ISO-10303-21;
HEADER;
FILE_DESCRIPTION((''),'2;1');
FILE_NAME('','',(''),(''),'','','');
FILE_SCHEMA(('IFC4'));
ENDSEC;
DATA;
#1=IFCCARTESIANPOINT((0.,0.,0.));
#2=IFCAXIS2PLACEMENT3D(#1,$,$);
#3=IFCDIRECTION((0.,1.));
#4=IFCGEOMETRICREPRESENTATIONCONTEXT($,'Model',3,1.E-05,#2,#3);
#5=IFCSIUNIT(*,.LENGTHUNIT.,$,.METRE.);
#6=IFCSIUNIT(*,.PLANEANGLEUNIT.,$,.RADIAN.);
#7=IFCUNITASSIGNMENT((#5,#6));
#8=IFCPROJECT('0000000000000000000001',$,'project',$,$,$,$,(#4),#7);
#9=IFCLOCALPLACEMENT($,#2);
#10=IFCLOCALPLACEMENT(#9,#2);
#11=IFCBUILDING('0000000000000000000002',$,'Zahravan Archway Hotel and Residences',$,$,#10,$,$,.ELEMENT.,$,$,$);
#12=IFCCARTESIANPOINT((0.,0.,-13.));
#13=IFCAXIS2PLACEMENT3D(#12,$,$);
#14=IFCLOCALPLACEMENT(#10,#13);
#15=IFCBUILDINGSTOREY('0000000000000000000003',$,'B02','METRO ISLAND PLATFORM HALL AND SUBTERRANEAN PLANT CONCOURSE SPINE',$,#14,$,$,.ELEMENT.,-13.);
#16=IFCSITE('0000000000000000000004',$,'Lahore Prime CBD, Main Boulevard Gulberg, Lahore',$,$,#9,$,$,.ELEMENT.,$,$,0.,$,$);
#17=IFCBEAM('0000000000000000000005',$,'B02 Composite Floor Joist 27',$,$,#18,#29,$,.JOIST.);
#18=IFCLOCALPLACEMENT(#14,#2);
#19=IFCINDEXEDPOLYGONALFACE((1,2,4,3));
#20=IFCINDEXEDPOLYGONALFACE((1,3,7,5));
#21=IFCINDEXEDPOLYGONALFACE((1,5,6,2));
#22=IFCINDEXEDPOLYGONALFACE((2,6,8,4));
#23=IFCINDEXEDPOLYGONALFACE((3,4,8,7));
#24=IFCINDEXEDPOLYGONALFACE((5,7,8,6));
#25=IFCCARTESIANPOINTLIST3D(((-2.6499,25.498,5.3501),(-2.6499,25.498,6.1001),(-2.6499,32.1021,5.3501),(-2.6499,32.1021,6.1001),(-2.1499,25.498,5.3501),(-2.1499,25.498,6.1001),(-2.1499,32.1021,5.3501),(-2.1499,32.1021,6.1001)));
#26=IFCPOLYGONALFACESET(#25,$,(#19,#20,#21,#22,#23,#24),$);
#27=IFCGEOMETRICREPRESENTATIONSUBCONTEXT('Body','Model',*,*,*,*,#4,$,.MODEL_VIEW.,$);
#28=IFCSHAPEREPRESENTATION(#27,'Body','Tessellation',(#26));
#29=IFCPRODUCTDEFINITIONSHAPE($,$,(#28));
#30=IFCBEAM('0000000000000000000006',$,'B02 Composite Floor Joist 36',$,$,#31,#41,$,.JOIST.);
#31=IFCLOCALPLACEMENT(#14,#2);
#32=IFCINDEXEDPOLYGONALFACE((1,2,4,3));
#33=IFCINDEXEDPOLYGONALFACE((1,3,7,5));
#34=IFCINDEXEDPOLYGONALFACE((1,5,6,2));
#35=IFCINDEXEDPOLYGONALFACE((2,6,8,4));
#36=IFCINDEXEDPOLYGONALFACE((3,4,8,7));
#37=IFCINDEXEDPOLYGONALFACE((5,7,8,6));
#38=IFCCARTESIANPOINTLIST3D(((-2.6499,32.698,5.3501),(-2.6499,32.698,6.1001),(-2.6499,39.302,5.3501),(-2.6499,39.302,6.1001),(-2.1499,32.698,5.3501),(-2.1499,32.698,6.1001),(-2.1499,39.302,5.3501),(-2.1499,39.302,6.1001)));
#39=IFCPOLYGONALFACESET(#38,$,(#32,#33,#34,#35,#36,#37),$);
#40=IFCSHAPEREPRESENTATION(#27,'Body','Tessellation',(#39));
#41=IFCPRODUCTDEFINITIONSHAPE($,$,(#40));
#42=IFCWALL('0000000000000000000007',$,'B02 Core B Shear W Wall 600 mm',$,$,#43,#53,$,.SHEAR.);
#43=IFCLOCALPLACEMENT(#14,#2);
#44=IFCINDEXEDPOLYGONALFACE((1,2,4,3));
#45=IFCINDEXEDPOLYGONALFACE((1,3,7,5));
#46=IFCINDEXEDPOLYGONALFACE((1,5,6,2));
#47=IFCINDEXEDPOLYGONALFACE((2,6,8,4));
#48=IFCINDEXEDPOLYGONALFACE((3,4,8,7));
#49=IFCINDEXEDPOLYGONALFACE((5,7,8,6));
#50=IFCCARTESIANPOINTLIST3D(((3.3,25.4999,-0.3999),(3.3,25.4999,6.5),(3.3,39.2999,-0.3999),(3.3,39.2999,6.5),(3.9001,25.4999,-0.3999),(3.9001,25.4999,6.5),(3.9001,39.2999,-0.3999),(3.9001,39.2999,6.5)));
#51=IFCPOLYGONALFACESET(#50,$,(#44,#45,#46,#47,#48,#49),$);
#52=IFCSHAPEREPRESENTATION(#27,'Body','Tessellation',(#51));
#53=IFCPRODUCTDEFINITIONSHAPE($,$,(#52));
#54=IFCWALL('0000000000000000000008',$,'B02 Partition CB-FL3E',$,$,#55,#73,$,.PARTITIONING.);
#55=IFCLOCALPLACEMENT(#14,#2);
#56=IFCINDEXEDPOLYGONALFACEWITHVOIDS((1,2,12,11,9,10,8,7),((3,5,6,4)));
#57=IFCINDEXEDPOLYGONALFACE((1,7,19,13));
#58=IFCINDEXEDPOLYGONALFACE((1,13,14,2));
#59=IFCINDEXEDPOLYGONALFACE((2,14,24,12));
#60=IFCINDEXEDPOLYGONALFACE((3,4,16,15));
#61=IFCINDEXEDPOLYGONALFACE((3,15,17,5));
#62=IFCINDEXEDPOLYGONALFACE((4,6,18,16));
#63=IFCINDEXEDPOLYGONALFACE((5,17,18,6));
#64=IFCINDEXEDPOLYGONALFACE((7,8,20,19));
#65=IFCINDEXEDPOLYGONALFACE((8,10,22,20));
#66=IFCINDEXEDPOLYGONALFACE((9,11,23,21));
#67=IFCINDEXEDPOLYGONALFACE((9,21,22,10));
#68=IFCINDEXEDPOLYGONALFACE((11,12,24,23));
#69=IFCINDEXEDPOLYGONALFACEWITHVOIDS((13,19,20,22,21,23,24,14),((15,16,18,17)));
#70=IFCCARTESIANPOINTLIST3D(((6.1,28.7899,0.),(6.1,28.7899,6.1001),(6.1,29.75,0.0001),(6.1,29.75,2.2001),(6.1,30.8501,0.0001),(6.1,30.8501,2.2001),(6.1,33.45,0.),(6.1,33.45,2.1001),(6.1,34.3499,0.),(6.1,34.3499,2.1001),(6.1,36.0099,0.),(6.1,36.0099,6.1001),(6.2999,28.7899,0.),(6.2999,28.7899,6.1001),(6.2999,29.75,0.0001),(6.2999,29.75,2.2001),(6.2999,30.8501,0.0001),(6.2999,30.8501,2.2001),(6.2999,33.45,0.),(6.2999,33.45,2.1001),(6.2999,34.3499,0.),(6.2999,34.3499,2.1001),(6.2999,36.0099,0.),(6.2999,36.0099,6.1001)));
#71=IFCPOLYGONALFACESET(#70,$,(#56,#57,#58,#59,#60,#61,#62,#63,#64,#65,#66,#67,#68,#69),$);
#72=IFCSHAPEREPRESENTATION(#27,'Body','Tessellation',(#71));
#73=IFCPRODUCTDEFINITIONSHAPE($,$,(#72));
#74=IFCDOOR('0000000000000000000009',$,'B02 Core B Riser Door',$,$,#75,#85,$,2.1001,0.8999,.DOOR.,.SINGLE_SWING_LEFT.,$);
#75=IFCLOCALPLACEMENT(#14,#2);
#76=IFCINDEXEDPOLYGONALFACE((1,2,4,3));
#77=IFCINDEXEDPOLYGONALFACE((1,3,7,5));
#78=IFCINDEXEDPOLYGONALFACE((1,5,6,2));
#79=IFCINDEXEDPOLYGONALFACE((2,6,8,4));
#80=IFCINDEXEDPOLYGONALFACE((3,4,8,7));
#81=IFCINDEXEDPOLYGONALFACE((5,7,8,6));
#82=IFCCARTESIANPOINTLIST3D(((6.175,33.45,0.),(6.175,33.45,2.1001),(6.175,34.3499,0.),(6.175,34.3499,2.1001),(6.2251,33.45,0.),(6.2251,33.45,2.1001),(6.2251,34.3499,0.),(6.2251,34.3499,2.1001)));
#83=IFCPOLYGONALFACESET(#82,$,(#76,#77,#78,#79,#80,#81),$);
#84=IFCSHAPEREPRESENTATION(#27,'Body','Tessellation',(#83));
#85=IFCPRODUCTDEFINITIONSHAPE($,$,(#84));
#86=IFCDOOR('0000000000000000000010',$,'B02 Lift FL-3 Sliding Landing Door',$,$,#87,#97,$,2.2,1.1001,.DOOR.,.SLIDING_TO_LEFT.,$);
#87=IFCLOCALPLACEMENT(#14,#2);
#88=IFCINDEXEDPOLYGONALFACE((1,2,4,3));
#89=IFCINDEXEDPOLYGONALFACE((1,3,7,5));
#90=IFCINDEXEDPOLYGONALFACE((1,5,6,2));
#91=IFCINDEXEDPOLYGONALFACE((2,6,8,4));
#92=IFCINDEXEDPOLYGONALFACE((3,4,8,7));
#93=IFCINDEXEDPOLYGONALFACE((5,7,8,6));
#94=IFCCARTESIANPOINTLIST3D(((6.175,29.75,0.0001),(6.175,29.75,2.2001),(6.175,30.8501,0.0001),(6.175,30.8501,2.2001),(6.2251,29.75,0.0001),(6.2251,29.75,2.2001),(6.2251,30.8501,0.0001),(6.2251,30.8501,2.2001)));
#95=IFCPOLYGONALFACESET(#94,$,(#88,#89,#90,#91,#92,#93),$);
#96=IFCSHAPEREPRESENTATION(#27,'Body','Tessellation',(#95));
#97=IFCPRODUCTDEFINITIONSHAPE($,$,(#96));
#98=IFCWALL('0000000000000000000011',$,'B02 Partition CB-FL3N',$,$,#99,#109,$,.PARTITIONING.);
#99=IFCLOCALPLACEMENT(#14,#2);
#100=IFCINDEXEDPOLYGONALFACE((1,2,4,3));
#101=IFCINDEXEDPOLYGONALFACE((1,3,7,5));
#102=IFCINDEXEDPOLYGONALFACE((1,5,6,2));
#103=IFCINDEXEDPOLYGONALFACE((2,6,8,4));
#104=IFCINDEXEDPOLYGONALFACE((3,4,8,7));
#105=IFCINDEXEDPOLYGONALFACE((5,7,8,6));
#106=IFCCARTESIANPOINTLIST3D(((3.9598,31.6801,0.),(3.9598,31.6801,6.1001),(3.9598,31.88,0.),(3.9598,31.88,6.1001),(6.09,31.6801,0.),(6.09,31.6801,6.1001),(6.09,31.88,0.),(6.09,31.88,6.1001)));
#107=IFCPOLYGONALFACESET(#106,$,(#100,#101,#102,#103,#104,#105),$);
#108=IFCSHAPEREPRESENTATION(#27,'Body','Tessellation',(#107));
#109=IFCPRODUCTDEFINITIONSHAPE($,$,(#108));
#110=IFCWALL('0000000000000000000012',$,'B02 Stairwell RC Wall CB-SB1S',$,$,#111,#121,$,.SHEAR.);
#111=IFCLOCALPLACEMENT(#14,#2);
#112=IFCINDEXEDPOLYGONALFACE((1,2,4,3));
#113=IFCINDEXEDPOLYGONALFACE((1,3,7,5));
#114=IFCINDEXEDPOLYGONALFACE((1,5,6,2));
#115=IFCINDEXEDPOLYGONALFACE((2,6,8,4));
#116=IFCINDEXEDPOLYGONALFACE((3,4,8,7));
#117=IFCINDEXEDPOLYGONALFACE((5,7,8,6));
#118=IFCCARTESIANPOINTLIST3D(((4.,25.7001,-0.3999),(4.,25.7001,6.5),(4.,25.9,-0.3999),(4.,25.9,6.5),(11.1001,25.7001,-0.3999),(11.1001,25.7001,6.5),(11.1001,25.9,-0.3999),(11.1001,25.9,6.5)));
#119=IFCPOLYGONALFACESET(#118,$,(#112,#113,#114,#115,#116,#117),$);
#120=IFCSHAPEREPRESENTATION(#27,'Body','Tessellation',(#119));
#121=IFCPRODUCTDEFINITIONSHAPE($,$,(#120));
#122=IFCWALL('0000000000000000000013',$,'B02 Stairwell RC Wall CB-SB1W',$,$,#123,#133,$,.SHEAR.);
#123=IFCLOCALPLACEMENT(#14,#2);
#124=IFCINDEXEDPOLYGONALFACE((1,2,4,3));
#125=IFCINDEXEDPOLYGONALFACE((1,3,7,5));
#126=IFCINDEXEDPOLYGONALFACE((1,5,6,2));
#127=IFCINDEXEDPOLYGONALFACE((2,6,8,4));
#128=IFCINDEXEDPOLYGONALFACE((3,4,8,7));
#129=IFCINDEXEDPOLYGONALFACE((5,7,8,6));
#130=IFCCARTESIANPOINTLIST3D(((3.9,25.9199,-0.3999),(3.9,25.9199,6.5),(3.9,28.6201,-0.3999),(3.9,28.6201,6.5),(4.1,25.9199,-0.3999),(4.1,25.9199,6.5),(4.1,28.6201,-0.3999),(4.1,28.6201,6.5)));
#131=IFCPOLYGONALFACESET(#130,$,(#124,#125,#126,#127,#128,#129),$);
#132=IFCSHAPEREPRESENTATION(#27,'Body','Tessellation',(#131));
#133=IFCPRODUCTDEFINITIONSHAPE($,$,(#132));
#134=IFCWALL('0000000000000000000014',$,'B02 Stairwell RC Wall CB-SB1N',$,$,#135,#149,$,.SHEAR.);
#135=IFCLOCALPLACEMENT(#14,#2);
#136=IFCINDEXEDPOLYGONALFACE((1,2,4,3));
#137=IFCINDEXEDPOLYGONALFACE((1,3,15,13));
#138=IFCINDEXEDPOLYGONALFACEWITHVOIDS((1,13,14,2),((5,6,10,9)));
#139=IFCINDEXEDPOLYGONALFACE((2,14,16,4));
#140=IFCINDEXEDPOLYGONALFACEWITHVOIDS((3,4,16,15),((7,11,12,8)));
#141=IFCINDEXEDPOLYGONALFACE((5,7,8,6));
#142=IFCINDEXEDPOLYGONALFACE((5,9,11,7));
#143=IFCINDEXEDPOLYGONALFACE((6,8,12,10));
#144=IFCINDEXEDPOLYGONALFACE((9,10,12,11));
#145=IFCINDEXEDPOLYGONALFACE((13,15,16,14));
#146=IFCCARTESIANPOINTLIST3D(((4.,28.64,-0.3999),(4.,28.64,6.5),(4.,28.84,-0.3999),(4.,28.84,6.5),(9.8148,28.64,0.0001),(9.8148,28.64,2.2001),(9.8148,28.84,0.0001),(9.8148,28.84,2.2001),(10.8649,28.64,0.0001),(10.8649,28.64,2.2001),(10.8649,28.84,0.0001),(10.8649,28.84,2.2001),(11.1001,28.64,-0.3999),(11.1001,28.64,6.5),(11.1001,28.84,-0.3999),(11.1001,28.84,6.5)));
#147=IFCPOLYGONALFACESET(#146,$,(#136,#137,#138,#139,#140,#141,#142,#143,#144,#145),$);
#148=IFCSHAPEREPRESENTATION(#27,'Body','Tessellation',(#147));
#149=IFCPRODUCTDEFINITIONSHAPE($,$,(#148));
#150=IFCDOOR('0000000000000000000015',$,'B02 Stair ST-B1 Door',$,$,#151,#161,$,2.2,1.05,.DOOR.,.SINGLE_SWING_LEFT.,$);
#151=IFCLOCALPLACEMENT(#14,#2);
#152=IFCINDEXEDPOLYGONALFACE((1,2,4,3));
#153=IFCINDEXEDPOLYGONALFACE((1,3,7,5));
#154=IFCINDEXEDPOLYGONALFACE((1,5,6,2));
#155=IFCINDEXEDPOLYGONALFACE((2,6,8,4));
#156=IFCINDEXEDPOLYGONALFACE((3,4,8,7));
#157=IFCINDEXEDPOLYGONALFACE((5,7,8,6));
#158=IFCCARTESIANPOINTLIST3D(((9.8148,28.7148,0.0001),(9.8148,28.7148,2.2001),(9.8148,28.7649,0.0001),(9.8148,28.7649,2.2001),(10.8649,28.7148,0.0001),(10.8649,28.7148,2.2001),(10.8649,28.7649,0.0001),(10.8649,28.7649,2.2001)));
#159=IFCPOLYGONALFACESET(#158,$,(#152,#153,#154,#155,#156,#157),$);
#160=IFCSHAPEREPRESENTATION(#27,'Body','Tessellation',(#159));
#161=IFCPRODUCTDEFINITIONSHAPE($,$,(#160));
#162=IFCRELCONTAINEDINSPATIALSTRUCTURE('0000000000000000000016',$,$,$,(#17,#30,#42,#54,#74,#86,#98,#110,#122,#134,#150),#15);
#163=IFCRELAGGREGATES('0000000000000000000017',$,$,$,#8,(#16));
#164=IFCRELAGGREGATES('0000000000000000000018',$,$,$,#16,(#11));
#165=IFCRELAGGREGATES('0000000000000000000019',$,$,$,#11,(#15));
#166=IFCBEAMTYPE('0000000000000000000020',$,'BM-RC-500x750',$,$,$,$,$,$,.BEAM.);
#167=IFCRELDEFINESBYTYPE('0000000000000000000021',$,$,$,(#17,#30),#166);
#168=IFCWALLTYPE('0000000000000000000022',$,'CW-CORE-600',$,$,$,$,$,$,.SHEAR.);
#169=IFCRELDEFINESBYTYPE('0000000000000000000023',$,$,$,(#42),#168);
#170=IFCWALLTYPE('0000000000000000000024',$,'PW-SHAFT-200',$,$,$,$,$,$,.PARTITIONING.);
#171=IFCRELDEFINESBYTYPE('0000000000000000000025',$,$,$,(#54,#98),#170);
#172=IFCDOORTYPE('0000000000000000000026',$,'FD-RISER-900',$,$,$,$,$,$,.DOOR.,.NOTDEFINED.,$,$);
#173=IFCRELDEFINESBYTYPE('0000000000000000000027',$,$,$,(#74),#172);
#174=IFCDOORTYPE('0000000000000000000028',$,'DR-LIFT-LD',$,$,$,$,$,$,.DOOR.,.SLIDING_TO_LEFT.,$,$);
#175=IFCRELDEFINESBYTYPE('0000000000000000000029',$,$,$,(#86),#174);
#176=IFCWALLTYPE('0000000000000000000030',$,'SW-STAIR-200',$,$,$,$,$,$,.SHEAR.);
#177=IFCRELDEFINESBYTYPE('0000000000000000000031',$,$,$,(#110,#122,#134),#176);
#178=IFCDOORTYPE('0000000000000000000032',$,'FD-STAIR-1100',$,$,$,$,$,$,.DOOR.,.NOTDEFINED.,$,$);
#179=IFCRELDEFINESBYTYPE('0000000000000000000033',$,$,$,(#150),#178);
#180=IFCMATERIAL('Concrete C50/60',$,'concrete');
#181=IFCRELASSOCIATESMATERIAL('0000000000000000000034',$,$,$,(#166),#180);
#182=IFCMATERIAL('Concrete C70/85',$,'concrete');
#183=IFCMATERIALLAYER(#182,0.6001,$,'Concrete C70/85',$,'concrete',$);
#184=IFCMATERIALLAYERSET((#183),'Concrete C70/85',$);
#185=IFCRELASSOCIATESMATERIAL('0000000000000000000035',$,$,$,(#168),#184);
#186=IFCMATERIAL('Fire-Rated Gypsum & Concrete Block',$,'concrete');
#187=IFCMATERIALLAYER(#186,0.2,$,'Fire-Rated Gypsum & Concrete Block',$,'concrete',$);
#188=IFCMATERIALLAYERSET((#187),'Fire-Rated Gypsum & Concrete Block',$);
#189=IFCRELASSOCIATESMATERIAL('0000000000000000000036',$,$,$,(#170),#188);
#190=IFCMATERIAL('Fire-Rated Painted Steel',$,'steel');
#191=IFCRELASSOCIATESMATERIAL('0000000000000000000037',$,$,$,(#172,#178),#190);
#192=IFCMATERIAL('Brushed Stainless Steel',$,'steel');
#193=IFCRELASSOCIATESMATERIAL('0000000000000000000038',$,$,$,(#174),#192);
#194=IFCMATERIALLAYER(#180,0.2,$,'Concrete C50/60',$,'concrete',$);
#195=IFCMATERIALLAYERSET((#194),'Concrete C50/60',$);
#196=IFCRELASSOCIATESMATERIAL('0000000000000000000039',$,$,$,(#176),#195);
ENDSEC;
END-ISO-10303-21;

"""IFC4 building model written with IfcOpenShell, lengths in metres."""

from ifc_helpers import new_model, si_unit, direction, frame, frame_2d, origin, origin_2d, place, context, subcontext, project, spatial, rectangle, extrude, source, transform, mapped, material, layer, layer_set, material_profile, profile_set, type_object, type_shapes, element, fill, save


model = new_model("IFC4")

# Units and contexts
model_context = context("Model", 3, precision=1e-05, world=origin(), true_north=direction((0.0, 1.0)))
body_context = subcontext(model_context, "Body", "Model", "MODEL_VIEW")
ifc_project = project(units=[si_unit("LENGTHUNIT", "METRE"), si_unit("PLANEANGLEUNIT", "RADIAN")], contexts=[model_context])

# Site, building, storey
site_placement = place(None, origin())
site = spatial("IfcSite", under=ifc_project, at=site_placement, Name="Lahore Prime CBD, Main Boulevard Gulberg, Lahore", CompositionType="ELEMENT", RefElevation=0.0)
building_placement = place(site_placement, origin())
building = spatial("IfcBuilding", under=site, at=building_placement, Name="Zahravan Archway Hotel and Residences", CompositionType="ELEMENT")
storey_placement = place(building_placement, frame((0.0, 0.0, -13.0)))
storey = spatial("IfcBuildingStorey", under=building, at=storey_placement, Name="B02", Description="METRO ISLAND PLATFORM HALL AND SUBTERRANEAN PLANT CONCOURSE SPINE", CompositionType="ELEMENT", Elevation=-13.0)

# Shared definitions
ifc_material_1 = material(Name="Concrete C50/60", Category="concrete")

# Shared definitions
ifc_material_2 = material(Name="Concrete C70/85", Category="concrete")

# Beams
ifc_material_profile_1 = material_profile(ifc_material_1, rectangle(XDim=0.5, YDim=0.75, at=origin_2d()), Name="RC-BM-500x750", Category="concrete")
ifc_profile_set_1 = profile_set([ifc_material_profile_1], Name="Concrete C50/60")
beam_type_1 = type_object("IfcBeamType", Name="BM-RC-500x750", PredefinedType="BEAM", material=ifc_profile_set_1)
shared_shape_1 = source(origin(), body_context, "Body", "SweptSolid", [
    extrude(rectangle(XDim=0.5, YDim=0.75, at=origin_2d()), origin(), (0.0, 0.0, 1.0), 6.604),
])
type_shapes(beam_type_1, [shared_shape_1])
for number, where, z_axis, x_axis, name in (
    (1, (-2.3999, 25.498, 5.7251), (0.0, 1.0, 0.0), (-1.0, 0.0, 0.0), "B02 Composite Floor Joist 27"),
    (2, (-2.3999, 32.698, 5.7251), (0.0, 1.0, 0.0), (-1.0, 0.0, 0.0), "B02 Composite Floor Joist 36"),
):
    element("IfcBeam", number, at=place(storey_placement, frame(where, z_axis=z_axis, x_axis=x_axis)), inside=storey, type_object=beam_type_1, Name=name, PredefinedType="JOIST", context=body_context, shape_type="MappedRepresentation", body=[
        mapped(shared_shape_1, transform((0.0, 0.0, 0.0), scale=1.0)),
    ])

# Wall
ifc_layer_1 = layer(ifc_material_2, 0.6001, Name="Concrete C70/85", Category="concrete")
ifc_layer_set_1 = layer_set([ifc_layer_1], Name="Concrete C70/85")
wall_type_1 = type_object("IfcWallType", Name="CW-CORE-600", PredefinedType="SHEAR", material=ifc_layer_set_1)
wall_1_placement = place(storey_placement, frame((3.6001, 25.5, -0.3999), z_axis=(0.0, 0.0, 1.0), x_axis=(0.0, 1.0, 0.0)))
element("IfcWall", 3, at=wall_1_placement, inside=storey, type_object=wall_type_1, Name="B02 Core B Shear W Wall 600 mm", PredefinedType="SHEAR", context=body_context, shape_type="SweptSolid", body=[
    extrude(rectangle(XDim=13.8, YDim=0.6001, at=frame_2d((6.8999, 0.0))), origin(), (0.0, 0.0, 1.0), 6.8999),
])

# Wall, openings, doors
ifc_material_3 = material(Name="Fire-Rated Gypsum & Concrete Block", Category="concrete")
ifc_layer_2 = layer(ifc_material_3, 0.2, Name="Fire-Rated Gypsum & Concrete Block", Category="concrete")
ifc_layer_set_2 = layer_set([ifc_layer_2], Name="Fire-Rated Gypsum & Concrete Block")
wall_type_2 = type_object("IfcWallType", Name="PW-SHAFT-200", PredefinedType="PARTITIONING", material=ifc_layer_set_2)
wall_2_placement = place(storey_placement, frame((6.2, 28.79, 0.0), z_axis=(0.0, 0.0, 1.0), x_axis=(0.0, 1.0, 0.0)))
wall_2 = element("IfcWall", 4, at=wall_2_placement, inside=storey, type_object=wall_type_2, Name="B02 Partition CB-FL3E", PredefinedType="PARTITIONING", context=body_context, shape_type="SweptSolid", body=[
    extrude(rectangle(XDim=7.22, YDim=0.2, at=frame_2d((3.6099, 0.0))), origin(), (0.0, 0.0, 1.0), 6.1001),
])
opening_1_placement = place(wall_2_placement, frame((4.6599, 0.0, 0.0)))
opening_1 = element("IfcOpeningElement", 5, at=opening_1_placement, cuts=wall_2, PredefinedType="OPENING", context=body_context, shape_type="SweptSolid", body=[
    extrude(rectangle(XDim=0.8999, YDim=2.1001, at=frame_2d((0.45, 1.05))), frame((0.0, 0.1099, 0.0), z_axis=(0.0, -1.0, 0.0), x_axis=(1.0, 0.0, 0.0)), (0.0, 0.0, 1.0), 0.22),
])
opening_2_placement = place(wall_2_placement, frame((0.96, 0.0, 0.0)))
opening_2 = element("IfcOpeningElement", 6, at=opening_2_placement, cuts=wall_2, PredefinedType="OPENING", context=body_context, shape_type="SweptSolid", body=[
    extrude(rectangle(XDim=1.1001, YDim=2.2, at=frame_2d((0.55, 1.1001))), frame((0.0, 0.1099, 0.0), z_axis=(0.0, -1.0, 0.0), x_axis=(1.0, 0.0, 0.0)), (0.0, 0.0, 1.0), 0.22),
])
ifc_material_4 = material(Name="Fire-Rated Painted Steel", Category="steel")
door_type_1 = type_object("IfcDoorType", Name="FD-RISER-900", OperationType="NOTDEFINED", PredefinedType="DOOR", material=ifc_material_4)
shared_shape_2 = source(origin(), body_context, "Body", "SweptSolid", [
    extrude(rectangle(XDim=0.8999, YDim=2.1001, at=frame_2d((0.45, 1.05))), frame((0.0, 0.0249, 0.0), z_axis=(0.0, -1.0, 0.0), x_axis=(1.0, 0.0, 0.0)), (0.0, 0.0, 1.0), 0.05),
])
type_shapes(door_type_1, [shared_shape_2])
door_1_placement = place(opening_1_placement, origin())
door_1 = element("IfcDoor", 7, at=door_1_placement, inside=storey, type_object=door_type_1, Name="B02 Core B Riser Door", OperationType="SINGLE_SWING_LEFT", OverallHeight=2.1001, OverallWidth=0.8999, PredefinedType="DOOR", context=body_context, shape_type="MappedRepresentation", body=[
    mapped(shared_shape_2, transform((0.0, 0.0, 0.0), scale=1.0)),
])
fill(opening_1, door_1)
ifc_material_5 = material(Name="Brushed Stainless Steel", Category="steel")
door_type_2 = type_object("IfcDoorType", Name="DR-LIFT-LD", OperationType="SLIDING_TO_LEFT", PredefinedType="DOOR", material=ifc_material_5)
shared_shape_3 = source(origin(), body_context, "Body", "SweptSolid", [
    extrude(rectangle(XDim=1.1001, YDim=2.2, at=frame_2d((0.55, 1.1001))), frame((0.0, 0.0249, 0.0), z_axis=(0.0, -1.0, 0.0), x_axis=(1.0, 0.0, 0.0)), (0.0, 0.0, 1.0), 0.05),
])
type_shapes(door_type_2, [shared_shape_3])
door_2_placement = place(opening_2_placement, origin())
door_2 = element("IfcDoor", 8, at=door_2_placement, inside=storey, type_object=door_type_2, Name="B02 Lift FL-3 Sliding Landing Door", OperationType="SLIDING_TO_LEFT", OverallHeight=2.2, OverallWidth=1.1001, PredefinedType="DOOR", context=body_context, shape_type="MappedRepresentation", body=[
    mapped(shared_shape_3, transform((0.0, 0.0, 0.0), scale=1.0)),
])
fill(opening_2, door_2)

# Walls
wall_3_placement = place(storey_placement, frame((3.96, 31.78, 0.0), z_axis=(0.0, 0.0, 1.0), x_axis=(1.0, 0.0, 0.0)))
element("IfcWall", 9, at=wall_3_placement, inside=storey, type_object=wall_type_2, Name="B02 Partition CB-FL3N", PredefinedType="PARTITIONING", context=body_context, shape_type="SweptSolid", body=[
    extrude(rectangle(XDim=2.1301, YDim=0.2, at=frame_2d((1.0649, 0.0))), origin(), (0.0, 0.0, 1.0), 6.1001),
])
ifc_layer_3 = layer(ifc_material_1, 0.2, Name="Concrete C50/60", Category="concrete")
ifc_layer_set_3 = layer_set([ifc_layer_3], Name="Concrete C50/60")
wall_type_3 = type_object("IfcWallType", Name="SW-STAIR-200", PredefinedType="SHEAR", material=ifc_layer_set_3)
wall_4_placement = place(storey_placement, frame((4.0, 25.8, -0.3999), z_axis=(0.0, 0.0, 1.0), x_axis=(1.0, 0.0, 0.0)))
element("IfcWall", 10, at=wall_4_placement, inside=storey, type_object=wall_type_3, Name="B02 Stairwell RC Wall CB-SB1S", PredefinedType="SHEAR", context=body_context, shape_type="SweptSolid", body=[
    extrude(rectangle(XDim=7.1001, YDim=0.2, at=frame_2d((3.55, 0.0))), origin(), (0.0, 0.0, 1.0), 6.8999),
])
wall_5_placement = place(storey_placement, frame((4.0, 25.9199, -0.3999), z_axis=(0.0, 0.0, 1.0), x_axis=(0.0, 1.0, 0.0)))
element("IfcWall", 11, at=wall_5_placement, inside=storey, type_object=wall_type_3, Name="B02 Stairwell RC Wall CB-SB1W", PredefinedType="SHEAR", context=body_context, shape_type="SweptSolid", body=[
    extrude(rectangle(XDim=2.7002, YDim=0.2, at=frame_2d((1.3501, 0.0))), origin(), (0.0, 0.0, 1.0), 6.8999),
])

# Wall, opening, door
wall_6_placement = place(storey_placement, frame((4.0, 28.74, -0.3999), z_axis=(0.0, 0.0, 1.0), x_axis=(1.0, 0.0, 0.0)))
wall_6 = element("IfcWall", 12, at=wall_6_placement, inside=storey, type_object=wall_type_3, Name="B02 Stairwell RC Wall CB-SB1N", PredefinedType="SHEAR", context=body_context, shape_type="SweptSolid", body=[
    extrude(rectangle(XDim=7.1001, YDim=0.2, at=frame_2d((3.55, 0.0))), origin(), (0.0, 0.0, 1.0), 6.8999),
])
opening_3_placement = place(wall_6_placement, frame((5.8149, 0.0, 0.3999)))
opening_3 = element("IfcOpeningElement", 13, at=opening_3_placement, cuts=wall_6, PredefinedType="OPENING", context=body_context, shape_type="SweptSolid", body=[
    extrude(rectangle(XDim=1.05, YDim=2.2, at=frame_2d((0.5249, 1.1001))), frame((0.0, 0.1099, 0.0), z_axis=(0.0, -1.0, 0.0), x_axis=(1.0, 0.0, 0.0)), (0.0, 0.0, 1.0), 0.22),
])
door_type_3 = type_object("IfcDoorType", Name="FD-STAIR-1100", OperationType="NOTDEFINED", PredefinedType="DOOR", material=ifc_material_4)
shared_shape_4 = source(origin(), body_context, "Body", "SweptSolid", [
    extrude(rectangle(XDim=1.05, YDim=2.2, at=frame_2d((0.5249, 1.1001))), frame((0.0, 0.0249, 0.0), z_axis=(0.0, -1.0, 0.0), x_axis=(1.0, 0.0, 0.0)), (0.0, 0.0, 1.0), 0.05),
])
type_shapes(door_type_3, [shared_shape_4])
door_3_placement = place(opening_3_placement, origin())
door_3 = element("IfcDoor", 14, at=door_3_placement, inside=storey, type_object=door_type_3, Name="B02 Stair ST-B1 Door", OperationType="SINGLE_SWING_LEFT", OverallHeight=2.2, OverallWidth=1.05, PredefinedType="DOOR", context=body_context, shape_type="MappedRepresentation", body=[
    mapped(shared_shape_4, transform((0.0, 0.0, 0.0), scale=1.0)),
])
fill(opening_3, door_3)

save(model, "model.ifc")
